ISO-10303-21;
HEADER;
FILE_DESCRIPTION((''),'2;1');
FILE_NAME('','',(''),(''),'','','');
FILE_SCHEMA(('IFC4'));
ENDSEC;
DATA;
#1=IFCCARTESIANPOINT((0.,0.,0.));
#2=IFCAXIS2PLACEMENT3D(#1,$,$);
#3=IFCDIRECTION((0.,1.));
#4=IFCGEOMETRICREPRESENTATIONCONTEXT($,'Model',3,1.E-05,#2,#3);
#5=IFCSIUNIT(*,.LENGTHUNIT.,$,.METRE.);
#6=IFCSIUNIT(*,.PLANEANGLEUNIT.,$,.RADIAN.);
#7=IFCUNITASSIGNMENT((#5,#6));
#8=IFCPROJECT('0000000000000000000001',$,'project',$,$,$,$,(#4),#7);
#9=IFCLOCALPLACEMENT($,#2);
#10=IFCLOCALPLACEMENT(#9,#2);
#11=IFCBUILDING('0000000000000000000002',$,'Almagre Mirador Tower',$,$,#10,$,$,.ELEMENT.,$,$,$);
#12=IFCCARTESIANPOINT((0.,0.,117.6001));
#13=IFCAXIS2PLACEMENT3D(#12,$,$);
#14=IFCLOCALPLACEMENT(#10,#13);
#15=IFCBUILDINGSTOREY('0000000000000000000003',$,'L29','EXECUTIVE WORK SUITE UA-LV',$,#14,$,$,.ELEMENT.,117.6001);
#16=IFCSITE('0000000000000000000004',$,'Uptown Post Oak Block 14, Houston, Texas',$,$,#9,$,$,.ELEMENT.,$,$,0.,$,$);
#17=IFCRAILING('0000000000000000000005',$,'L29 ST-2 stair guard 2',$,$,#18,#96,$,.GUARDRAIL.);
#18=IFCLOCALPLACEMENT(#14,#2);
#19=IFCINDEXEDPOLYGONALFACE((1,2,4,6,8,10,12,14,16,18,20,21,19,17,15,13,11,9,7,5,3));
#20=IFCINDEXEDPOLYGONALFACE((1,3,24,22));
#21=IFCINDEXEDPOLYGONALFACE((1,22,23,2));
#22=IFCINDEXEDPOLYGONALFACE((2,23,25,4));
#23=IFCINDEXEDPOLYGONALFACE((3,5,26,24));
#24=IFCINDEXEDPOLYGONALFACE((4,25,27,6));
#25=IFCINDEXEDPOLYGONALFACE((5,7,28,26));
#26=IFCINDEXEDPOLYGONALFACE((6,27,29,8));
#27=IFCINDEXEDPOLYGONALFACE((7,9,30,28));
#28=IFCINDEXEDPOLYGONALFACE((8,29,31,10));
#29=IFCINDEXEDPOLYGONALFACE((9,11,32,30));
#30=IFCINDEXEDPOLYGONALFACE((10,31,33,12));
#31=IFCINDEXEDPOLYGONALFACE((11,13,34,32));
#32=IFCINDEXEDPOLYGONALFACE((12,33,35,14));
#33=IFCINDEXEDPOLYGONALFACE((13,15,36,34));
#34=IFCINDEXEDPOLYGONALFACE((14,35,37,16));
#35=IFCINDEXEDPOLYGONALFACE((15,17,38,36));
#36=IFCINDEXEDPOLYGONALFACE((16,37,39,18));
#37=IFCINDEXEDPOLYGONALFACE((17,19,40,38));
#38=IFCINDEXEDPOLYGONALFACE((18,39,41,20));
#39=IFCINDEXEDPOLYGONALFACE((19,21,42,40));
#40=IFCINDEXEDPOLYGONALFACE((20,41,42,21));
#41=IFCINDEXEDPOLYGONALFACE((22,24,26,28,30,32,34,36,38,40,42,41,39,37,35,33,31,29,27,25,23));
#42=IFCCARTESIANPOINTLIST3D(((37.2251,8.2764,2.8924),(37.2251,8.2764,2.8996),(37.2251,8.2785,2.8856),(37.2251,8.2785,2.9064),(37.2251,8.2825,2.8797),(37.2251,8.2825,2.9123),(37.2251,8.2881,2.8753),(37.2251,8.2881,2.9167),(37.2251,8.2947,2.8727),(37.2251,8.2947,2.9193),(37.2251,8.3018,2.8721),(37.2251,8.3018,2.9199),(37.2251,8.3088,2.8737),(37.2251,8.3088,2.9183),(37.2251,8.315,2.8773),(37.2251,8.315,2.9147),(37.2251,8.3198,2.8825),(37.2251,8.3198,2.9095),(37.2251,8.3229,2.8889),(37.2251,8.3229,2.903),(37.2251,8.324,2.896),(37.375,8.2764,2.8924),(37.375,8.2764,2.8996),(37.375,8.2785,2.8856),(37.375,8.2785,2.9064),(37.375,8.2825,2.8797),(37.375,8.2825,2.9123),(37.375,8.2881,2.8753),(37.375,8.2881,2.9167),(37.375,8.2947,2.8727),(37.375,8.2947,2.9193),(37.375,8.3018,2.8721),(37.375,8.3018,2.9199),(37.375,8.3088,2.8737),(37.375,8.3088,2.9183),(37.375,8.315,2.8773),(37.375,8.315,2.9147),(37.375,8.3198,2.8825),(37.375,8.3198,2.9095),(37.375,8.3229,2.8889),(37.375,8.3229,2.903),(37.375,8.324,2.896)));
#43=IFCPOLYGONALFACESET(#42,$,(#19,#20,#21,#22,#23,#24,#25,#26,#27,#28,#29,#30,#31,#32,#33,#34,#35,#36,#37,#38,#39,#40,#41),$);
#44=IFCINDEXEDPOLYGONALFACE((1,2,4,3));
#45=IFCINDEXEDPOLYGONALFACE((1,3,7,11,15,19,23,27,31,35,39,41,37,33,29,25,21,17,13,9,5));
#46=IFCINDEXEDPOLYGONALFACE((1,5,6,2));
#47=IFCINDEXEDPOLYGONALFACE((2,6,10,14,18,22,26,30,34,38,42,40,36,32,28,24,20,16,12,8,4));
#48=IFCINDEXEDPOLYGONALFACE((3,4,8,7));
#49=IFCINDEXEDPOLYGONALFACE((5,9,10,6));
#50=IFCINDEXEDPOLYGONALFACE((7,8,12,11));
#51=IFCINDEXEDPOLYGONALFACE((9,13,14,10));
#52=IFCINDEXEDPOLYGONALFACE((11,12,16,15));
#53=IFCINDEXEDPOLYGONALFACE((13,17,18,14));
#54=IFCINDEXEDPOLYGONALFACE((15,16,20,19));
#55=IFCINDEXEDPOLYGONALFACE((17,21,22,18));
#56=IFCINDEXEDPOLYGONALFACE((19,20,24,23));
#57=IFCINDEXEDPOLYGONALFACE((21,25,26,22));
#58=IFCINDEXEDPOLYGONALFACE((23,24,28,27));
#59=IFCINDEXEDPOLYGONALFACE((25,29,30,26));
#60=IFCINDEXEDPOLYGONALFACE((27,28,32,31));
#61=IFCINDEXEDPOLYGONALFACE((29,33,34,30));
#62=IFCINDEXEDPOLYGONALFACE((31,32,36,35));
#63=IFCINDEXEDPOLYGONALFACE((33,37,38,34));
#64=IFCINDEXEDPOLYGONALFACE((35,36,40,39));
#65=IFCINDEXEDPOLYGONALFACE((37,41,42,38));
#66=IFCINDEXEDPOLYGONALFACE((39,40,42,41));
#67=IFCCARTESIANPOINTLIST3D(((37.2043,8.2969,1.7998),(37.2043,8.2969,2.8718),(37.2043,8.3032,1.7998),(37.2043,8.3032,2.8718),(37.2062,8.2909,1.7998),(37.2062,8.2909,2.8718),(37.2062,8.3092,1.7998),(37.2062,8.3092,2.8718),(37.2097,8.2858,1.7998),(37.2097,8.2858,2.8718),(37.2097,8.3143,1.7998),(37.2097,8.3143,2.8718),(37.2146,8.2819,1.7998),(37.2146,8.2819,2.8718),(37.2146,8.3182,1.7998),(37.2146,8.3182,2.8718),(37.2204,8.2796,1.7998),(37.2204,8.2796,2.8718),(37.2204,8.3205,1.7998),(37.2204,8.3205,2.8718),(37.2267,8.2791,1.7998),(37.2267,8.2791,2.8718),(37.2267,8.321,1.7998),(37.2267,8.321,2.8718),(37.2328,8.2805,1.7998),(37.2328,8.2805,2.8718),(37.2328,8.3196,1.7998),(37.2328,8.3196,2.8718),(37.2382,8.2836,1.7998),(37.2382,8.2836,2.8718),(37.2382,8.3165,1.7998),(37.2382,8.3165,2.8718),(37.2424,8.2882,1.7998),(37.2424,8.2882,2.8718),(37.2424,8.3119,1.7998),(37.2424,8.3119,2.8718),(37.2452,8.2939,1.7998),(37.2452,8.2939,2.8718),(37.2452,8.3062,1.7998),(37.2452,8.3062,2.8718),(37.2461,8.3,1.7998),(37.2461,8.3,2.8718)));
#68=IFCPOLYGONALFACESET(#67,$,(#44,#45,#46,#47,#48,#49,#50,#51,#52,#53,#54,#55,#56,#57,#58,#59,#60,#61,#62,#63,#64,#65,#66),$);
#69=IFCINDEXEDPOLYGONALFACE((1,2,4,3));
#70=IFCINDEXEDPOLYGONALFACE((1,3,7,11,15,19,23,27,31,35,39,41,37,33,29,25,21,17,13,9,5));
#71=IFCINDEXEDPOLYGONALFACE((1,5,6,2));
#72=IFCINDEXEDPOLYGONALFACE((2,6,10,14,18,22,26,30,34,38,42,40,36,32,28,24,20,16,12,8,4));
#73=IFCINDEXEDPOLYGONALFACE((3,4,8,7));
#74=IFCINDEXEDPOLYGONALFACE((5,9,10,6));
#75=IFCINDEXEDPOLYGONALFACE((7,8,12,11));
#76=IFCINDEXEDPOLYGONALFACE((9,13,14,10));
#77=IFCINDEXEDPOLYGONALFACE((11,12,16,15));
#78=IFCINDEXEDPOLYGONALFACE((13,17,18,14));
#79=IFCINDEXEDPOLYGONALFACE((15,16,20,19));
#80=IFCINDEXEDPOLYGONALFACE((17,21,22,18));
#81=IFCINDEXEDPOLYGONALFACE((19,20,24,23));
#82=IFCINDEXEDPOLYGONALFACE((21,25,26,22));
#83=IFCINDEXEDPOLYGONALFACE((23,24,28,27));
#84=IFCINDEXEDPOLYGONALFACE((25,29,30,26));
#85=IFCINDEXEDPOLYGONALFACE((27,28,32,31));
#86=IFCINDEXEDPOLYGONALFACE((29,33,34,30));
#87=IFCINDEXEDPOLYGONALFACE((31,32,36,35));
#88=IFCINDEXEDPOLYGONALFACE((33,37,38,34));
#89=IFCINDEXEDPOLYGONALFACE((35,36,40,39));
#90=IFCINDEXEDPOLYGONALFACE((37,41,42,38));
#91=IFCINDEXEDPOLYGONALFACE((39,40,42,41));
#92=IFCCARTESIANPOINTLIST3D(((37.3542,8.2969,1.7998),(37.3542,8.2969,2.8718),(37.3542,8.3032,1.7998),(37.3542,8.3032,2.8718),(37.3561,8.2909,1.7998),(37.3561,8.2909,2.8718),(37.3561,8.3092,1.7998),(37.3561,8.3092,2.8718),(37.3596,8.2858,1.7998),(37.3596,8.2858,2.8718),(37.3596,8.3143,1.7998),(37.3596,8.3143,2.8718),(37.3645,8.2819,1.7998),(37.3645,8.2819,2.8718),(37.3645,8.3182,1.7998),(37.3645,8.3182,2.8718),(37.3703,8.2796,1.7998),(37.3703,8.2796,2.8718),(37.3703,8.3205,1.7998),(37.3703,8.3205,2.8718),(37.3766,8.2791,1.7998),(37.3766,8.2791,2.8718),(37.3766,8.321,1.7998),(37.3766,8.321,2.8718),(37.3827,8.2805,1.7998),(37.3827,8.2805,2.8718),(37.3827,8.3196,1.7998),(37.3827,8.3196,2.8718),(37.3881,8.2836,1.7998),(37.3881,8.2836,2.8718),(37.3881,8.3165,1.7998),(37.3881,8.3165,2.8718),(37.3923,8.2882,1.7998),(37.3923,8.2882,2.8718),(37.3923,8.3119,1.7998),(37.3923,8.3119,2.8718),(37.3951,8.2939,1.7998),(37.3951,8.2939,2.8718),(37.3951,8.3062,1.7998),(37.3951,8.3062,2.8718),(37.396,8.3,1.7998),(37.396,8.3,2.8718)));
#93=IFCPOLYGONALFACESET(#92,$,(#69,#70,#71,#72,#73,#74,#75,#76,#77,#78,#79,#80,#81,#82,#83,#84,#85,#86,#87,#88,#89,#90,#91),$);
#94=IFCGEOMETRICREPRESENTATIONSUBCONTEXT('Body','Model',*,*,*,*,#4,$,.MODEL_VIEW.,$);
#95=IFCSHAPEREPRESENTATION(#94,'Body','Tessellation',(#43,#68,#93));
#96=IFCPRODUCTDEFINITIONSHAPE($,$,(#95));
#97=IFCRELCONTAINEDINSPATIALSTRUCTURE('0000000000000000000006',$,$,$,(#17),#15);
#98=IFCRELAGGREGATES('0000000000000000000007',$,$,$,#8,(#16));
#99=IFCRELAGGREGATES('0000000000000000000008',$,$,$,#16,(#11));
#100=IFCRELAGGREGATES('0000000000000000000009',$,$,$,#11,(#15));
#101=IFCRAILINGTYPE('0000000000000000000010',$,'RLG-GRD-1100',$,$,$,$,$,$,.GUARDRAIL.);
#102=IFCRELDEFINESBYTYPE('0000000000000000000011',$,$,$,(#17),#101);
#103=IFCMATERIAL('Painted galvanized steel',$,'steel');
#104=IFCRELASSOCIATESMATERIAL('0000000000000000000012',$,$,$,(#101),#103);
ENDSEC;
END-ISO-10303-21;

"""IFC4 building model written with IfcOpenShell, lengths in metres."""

from ifc_helpers import new_model, si_unit, direction, frame, origin, origin_2d, place, context, subcontext, project, spatial, circle, extrude, material, type_object, element, save


model = new_model("IFC4")

# Units and contexts
model_context = context("Model", 3, precision=1e-05, world=origin(), true_north=direction((0.0, 1.0)))
body_context = subcontext(model_context, "Body", "Model", "MODEL_VIEW")
ifc_project = project(units=[si_unit("LENGTHUNIT", "METRE"), si_unit("PLANEANGLEUNIT", "RADIAN")], contexts=[model_context])

# Site, building, storey
site_placement = place(None, origin())
site = spatial("IfcSite", under=ifc_project, at=site_placement, Name="Uptown Post Oak Block 14, Houston, Texas", CompositionType="ELEMENT", RefElevation=0.0)
building_placement = place(site_placement, origin())
building = spatial("IfcBuilding", under=site, at=building_placement, Name="Almagre Mirador Tower", CompositionType="ELEMENT")
storey_placement = place(building_placement, frame((0.0, 0.0, 117.6001)))
storey = spatial("IfcBuildingStorey", under=building, at=storey_placement, Name="L29", Description="EXECUTIVE WORK SUITE UA-LV", CompositionType="ELEMENT", Elevation=117.6001)

# Railing
ifc_material_1 = material(Name="Painted galvanized steel", Category="steel")
railing_type = type_object("IfcRailingType", Name="RLG-GRD-1100", PredefinedType="GUARDRAIL", material=ifc_material_1)
railing_placement = place(storey_placement, frame((37.2251, 8.3, 1.7998)))
element("IfcRailing", 1, at=railing_placement, inside=storey, type_object=railing_type, Name="L29 ST-2 stair guard 2", PredefinedType="GUARDRAIL", context=body_context, shape_type="SweptSolid", body=[
    extrude(circle(Radius=0.0239, at=origin_2d()), frame((0.0, 0.0, 1.0962), z_axis=(1.0, 0.0, 0.0), x_axis=(0.0, 1.0, 0.0)), (0.0, 0.0, 1.0), 0.1499),
    extrude(circle(Radius=0.021, at=origin_2d()), origin(), (0.0, 0.0, 1.0), 1.072),
    extrude(circle(Radius=0.021, at=origin_2d()), frame((0.1499, 0.0, 0.0)), (0.0, 0.0, 1.0), 1.072),
])

save(model, "model.ifc")
